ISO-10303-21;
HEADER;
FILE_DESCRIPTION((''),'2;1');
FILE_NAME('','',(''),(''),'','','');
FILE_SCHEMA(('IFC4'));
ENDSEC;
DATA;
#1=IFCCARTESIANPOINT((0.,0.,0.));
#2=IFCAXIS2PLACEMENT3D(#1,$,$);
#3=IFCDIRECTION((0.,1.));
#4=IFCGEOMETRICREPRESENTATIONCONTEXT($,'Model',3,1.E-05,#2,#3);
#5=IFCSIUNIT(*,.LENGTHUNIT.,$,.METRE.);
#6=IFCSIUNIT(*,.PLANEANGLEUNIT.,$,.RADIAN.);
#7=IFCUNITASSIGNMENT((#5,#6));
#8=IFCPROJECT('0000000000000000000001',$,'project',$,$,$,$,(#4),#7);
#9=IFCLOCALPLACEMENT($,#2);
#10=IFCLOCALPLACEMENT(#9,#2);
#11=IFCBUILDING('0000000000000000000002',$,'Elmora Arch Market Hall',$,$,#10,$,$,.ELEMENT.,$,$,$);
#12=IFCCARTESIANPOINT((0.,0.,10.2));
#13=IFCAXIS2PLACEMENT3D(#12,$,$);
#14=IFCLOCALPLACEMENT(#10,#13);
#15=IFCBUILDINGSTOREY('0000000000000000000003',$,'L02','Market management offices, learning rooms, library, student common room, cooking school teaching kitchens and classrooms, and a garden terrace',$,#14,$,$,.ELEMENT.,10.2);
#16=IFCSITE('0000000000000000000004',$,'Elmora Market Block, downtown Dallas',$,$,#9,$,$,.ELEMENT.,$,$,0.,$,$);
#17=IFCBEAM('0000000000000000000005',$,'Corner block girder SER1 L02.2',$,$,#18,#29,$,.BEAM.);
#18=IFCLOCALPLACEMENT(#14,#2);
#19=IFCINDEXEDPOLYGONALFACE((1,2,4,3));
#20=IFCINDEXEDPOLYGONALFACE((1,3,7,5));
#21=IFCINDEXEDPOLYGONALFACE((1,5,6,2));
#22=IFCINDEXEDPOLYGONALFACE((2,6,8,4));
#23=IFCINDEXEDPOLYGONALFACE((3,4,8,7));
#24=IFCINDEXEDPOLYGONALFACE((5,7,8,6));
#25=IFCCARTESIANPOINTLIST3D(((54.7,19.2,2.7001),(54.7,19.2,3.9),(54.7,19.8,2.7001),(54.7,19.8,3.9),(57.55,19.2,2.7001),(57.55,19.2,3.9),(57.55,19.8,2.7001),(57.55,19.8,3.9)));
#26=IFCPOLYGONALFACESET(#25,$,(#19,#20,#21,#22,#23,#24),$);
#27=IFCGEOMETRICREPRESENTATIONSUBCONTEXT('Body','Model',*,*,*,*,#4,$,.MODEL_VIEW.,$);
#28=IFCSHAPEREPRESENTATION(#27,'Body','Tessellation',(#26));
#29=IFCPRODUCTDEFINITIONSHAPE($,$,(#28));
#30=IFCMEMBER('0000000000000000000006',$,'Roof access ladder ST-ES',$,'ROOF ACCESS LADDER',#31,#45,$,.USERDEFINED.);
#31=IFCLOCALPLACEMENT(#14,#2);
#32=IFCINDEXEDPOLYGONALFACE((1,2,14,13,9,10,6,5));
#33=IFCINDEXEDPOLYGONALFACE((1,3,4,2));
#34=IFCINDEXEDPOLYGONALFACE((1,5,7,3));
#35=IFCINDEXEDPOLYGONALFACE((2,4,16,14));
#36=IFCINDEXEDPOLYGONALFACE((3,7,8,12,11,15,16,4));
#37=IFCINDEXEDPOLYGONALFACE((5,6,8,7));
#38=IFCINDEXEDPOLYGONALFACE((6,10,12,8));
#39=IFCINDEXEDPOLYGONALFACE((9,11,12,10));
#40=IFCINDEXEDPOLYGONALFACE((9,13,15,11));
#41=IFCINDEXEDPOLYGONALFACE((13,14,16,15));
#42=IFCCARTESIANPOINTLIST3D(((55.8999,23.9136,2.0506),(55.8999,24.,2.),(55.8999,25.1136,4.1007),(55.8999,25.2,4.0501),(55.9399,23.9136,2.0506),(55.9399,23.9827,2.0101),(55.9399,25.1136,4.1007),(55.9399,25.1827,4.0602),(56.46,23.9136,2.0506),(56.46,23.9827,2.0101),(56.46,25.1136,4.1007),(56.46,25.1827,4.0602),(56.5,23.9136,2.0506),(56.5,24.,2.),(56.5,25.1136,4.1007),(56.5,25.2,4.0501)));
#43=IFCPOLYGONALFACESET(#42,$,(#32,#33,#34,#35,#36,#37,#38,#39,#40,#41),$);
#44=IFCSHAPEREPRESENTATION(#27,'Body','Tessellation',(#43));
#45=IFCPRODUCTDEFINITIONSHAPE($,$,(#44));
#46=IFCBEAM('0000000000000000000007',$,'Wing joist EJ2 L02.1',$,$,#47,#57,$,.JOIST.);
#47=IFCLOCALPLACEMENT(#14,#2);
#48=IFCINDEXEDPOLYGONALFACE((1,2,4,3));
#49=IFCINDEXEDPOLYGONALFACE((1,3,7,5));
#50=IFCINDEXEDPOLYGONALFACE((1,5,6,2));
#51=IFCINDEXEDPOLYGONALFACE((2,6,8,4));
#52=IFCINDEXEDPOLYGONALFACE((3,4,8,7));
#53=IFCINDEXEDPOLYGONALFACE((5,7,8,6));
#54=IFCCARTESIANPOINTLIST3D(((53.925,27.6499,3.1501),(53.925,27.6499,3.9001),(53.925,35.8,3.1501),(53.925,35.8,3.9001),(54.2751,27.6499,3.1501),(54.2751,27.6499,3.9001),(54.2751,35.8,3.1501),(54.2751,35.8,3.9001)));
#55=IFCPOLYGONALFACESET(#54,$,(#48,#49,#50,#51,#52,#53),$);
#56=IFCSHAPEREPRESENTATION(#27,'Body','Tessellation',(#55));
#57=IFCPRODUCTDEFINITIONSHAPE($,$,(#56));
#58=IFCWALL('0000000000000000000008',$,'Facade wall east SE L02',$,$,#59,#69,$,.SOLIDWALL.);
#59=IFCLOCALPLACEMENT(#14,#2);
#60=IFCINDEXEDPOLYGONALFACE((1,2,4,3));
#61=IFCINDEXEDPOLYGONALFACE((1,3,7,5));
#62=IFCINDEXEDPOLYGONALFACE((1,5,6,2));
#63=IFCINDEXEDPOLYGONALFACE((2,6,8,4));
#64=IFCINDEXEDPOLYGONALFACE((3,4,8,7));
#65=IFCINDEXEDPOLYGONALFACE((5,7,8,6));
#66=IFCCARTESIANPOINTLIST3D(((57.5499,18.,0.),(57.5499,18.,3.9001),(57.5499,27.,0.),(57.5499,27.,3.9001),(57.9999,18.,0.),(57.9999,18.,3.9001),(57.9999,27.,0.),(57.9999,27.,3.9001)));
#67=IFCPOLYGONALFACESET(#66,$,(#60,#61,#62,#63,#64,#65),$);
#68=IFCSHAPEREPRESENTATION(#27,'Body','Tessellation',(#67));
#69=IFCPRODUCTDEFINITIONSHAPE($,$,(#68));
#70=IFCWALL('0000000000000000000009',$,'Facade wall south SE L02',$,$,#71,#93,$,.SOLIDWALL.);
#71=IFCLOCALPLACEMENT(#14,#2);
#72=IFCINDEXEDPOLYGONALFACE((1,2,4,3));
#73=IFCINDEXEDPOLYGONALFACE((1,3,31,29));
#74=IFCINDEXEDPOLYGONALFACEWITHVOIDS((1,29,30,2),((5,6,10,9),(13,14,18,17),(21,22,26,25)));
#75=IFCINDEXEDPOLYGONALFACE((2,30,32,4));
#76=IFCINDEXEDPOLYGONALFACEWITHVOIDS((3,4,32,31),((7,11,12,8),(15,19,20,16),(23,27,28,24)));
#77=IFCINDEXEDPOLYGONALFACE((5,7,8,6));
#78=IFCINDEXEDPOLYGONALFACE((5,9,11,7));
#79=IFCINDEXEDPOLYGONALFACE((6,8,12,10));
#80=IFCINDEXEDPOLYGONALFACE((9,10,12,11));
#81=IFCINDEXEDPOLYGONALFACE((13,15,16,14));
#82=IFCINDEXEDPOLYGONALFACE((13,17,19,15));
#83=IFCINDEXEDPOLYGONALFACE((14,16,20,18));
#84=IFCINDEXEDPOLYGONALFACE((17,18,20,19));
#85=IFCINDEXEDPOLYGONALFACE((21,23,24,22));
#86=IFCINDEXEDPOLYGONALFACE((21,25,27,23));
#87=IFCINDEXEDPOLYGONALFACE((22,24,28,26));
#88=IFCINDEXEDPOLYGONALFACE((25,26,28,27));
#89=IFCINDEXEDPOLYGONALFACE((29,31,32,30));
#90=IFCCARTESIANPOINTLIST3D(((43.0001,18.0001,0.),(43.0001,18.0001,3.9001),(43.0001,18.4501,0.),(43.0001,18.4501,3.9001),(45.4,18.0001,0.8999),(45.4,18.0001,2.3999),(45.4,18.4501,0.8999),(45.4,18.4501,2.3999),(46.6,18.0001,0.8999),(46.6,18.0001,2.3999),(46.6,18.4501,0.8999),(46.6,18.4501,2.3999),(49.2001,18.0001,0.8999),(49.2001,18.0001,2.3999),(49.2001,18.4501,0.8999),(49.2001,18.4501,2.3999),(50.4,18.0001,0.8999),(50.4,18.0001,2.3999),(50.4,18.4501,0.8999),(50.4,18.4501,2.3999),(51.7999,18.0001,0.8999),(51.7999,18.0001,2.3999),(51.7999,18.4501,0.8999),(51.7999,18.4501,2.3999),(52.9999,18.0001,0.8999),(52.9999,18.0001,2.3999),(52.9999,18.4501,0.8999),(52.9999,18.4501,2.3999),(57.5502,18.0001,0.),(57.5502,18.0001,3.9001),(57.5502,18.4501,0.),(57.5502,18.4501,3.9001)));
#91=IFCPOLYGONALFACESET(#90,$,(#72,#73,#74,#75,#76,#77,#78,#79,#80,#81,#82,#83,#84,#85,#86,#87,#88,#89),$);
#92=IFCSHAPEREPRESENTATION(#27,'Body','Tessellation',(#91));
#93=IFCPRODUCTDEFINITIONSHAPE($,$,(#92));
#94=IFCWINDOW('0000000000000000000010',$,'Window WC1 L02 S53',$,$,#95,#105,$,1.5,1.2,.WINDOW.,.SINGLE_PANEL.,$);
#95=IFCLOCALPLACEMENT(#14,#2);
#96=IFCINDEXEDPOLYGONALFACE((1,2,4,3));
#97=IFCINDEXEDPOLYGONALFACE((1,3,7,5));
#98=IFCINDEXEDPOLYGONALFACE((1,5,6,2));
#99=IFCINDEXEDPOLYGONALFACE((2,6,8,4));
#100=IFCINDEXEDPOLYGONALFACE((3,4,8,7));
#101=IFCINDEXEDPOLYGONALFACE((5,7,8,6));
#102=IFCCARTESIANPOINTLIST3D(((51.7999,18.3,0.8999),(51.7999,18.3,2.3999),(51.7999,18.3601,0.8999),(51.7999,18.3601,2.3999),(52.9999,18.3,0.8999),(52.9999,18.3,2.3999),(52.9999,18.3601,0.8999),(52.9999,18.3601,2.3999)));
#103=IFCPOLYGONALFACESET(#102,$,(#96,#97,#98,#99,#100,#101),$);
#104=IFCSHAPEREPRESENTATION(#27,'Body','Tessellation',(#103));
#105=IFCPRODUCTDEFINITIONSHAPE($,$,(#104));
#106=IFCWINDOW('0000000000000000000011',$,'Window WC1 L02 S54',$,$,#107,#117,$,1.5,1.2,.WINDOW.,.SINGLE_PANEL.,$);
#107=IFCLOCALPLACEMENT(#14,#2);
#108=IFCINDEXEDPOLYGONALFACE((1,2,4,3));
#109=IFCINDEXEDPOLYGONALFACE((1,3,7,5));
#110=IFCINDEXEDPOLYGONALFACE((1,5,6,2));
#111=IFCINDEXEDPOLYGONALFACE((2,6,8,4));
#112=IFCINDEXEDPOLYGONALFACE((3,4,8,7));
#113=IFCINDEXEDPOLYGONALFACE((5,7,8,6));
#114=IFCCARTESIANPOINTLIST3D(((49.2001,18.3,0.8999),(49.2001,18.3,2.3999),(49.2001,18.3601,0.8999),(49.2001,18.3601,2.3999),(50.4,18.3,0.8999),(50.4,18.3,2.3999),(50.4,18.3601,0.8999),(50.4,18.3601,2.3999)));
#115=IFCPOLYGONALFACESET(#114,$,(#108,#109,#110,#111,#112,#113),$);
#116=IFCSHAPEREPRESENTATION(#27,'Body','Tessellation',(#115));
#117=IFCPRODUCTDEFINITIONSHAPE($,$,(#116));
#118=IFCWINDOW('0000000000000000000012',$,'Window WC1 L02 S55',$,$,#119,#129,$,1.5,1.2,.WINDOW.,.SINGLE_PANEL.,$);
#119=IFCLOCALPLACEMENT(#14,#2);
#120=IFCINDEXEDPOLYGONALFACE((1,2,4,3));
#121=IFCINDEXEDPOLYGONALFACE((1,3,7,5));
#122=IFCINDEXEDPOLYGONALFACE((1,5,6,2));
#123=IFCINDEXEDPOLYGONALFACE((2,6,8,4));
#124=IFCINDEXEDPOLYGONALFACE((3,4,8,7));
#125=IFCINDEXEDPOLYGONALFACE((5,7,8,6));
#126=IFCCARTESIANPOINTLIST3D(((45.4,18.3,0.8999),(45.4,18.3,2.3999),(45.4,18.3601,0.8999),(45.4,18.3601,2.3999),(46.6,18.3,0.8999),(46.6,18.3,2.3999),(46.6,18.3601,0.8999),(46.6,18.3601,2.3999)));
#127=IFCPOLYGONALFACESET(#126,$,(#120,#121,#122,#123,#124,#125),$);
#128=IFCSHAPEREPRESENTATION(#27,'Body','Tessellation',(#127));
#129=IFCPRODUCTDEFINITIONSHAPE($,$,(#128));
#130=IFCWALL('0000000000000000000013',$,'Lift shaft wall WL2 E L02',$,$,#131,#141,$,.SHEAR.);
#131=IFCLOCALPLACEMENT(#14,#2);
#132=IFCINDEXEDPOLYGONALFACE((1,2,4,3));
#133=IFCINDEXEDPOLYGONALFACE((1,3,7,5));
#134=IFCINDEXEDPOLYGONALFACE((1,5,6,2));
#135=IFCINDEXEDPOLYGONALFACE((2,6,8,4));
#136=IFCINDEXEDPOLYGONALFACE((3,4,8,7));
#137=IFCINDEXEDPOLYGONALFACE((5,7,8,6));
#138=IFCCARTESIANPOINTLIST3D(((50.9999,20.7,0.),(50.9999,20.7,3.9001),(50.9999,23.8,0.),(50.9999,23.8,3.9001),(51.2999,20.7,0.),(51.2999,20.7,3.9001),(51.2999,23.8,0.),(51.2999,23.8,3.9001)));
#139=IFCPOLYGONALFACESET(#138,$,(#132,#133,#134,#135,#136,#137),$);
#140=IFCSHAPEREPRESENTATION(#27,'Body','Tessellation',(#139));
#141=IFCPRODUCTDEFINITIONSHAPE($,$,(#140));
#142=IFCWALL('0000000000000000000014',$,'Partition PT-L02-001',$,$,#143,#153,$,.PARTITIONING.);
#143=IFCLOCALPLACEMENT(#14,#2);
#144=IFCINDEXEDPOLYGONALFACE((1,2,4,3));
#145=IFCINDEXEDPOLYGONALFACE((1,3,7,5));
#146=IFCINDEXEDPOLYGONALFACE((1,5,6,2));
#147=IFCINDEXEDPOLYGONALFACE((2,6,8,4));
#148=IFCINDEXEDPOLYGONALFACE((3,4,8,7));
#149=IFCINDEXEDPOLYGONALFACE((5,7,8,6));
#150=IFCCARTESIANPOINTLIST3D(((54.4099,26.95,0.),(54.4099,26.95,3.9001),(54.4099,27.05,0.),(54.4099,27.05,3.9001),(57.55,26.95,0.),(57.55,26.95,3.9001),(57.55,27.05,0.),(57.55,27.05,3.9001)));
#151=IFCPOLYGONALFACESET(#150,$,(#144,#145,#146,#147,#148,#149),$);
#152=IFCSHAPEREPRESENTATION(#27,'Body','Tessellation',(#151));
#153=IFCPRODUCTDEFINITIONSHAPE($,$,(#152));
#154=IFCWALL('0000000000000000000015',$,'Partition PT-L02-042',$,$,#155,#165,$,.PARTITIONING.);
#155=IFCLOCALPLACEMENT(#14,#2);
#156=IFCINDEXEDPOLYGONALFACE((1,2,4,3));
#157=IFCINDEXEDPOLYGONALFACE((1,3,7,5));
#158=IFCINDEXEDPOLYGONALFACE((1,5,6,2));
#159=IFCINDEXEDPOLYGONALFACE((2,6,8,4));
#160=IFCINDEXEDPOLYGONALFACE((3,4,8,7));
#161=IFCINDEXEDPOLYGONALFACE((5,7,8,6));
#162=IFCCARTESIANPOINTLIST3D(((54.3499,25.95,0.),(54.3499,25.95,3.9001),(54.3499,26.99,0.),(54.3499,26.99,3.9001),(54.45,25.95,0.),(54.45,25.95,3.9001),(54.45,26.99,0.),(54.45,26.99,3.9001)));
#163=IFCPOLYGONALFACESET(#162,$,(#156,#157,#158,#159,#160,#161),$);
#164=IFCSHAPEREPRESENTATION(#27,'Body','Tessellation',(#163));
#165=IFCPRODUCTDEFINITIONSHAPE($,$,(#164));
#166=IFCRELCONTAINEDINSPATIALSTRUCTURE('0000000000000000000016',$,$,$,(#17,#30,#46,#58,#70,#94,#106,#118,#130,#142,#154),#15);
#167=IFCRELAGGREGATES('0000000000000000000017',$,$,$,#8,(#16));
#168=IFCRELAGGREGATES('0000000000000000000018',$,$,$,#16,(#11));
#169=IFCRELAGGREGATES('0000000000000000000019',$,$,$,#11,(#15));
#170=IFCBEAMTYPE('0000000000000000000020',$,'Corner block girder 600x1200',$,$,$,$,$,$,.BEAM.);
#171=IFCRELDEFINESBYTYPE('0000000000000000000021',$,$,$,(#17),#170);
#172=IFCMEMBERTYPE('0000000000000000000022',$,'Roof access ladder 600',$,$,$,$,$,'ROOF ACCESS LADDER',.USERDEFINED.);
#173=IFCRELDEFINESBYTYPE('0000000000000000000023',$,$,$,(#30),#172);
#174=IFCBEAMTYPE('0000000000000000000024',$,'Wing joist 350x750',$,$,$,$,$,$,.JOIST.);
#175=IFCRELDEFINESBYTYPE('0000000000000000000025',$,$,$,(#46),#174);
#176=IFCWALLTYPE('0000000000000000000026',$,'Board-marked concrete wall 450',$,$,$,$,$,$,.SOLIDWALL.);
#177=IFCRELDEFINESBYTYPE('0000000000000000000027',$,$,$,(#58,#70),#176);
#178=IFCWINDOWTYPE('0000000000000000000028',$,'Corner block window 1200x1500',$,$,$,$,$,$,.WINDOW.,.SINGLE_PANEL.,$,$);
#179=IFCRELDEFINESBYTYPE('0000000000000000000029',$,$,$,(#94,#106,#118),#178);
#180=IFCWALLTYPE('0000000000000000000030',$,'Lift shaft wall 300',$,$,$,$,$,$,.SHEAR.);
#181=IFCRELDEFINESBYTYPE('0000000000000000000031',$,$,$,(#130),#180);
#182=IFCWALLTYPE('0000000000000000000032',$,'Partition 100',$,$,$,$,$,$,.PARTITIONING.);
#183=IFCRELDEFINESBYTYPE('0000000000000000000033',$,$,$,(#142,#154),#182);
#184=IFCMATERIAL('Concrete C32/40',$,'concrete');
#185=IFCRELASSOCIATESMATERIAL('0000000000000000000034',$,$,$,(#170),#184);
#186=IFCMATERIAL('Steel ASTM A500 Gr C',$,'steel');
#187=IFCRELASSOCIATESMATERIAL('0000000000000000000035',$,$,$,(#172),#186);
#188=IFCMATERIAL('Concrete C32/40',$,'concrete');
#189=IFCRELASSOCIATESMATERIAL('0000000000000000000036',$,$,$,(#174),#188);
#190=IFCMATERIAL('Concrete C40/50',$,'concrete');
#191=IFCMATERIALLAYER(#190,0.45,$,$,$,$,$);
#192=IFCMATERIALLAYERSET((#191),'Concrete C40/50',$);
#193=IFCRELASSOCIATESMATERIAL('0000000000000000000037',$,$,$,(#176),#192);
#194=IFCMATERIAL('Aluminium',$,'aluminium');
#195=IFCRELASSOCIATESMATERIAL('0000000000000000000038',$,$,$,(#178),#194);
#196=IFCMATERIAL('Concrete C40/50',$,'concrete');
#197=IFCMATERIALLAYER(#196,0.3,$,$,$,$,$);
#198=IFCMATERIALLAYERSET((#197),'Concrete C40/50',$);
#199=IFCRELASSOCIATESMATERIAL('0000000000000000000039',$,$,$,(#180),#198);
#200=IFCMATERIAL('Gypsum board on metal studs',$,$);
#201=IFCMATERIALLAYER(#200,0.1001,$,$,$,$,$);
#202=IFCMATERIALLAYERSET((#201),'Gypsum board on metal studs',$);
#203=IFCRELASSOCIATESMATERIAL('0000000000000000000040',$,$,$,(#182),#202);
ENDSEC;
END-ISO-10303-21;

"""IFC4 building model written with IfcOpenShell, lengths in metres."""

from ifc_helpers import new_model, si_unit, direction, frame, frame_2d, origin, origin_2d, place, context, subcontext, project, spatial, polyline, rectangle, outline, extrude, material, layer, layer_set, material_profile, profile_set, type_object, element, fill, save


model = new_model("IFC4")

# Units and contexts
model_context = context("Model", 3, precision=1e-05, world=origin(), true_north=direction((0.0, 1.0)))
body_context = subcontext(model_context, "Body", "Model", "MODEL_VIEW")
ifc_project = project(units=[si_unit("LENGTHUNIT", "METRE"), si_unit("PLANEANGLEUNIT", "RADIAN")], contexts=[model_context])

# Site, building, storey
site_placement = place(None, origin())
site = spatial("IfcSite", under=ifc_project, at=site_placement, Name="Elmora Market Block, downtown Dallas", CompositionType="ELEMENT", RefElevation=0.0)
building_placement = place(site_placement, origin())
building = spatial("IfcBuilding", under=site, at=building_placement, Name="Elmora Arch Market Hall", CompositionType="ELEMENT")
storey_placement = place(building_placement, frame((0.0, 0.0, 10.2)))
storey = spatial("IfcBuildingStorey", under=building, at=storey_placement, Name="L02", Description="Market management offices, learning rooms, library, student common room, cooking school teaching kitchens and classrooms, and a garden terrace", CompositionType="ELEMENT", Elevation=10.2)

# Beam
ifc_material_1 = material(Name="Concrete C32/40", Category="concrete")
ifc_material_profile_1 = material_profile(ifc_material_1, rectangle(XDim=0.6001, YDim=1.2, at=origin_2d()), Name="Corner block girder 600x1200")
ifc_profile_set_1 = profile_set([ifc_material_profile_1], Name="Concrete C32/40")
beam_type_1 = type_object("IfcBeamType", Name="Corner block girder 600x1200", PredefinedType="BEAM", material=ifc_profile_set_1)
beam_1_placement = place(storey_placement, frame((54.7, 19.5, 3.3), z_axis=(1.0, 0.0, 0.0), x_axis=(0.0, 1.0, 0.0)))
element("IfcBeam", 1, at=beam_1_placement, inside=storey, type_object=beam_type_1, Name="Corner block girder SER1 L02.2", PredefinedType="BEAM", context=body_context, shape_type="SweptSolid", body=[
    extrude(rectangle(XDim=0.6001, YDim=1.2, at=origin_2d()), origin(), (0.0, 0.0, 1.0), 2.8501),
])

# Member
ifc_material_2 = material(Name="Steel ASTM A500 Gr C", Category="steel")
ifc_material_profile_2 = material_profile(ifc_material_2, outline(polyline([(-0.3, 0.0), (0.3, 0.0), (0.3, 0.1001), (0.26, 0.1001), (0.26, 0.02), (-0.26, 0.02), (-0.26, 0.1001), (-0.3, 0.1001), (-0.3, 0.0)])), Name="Ladder channel 600 x 100")
ifc_profile_set_2 = profile_set([ifc_material_profile_2], Name="Steel ASTM A500 Gr C")
member_type = type_object("IfcMemberType", Name="Roof access ladder 600", ElementType="ROOF ACCESS LADDER", PredefinedType="USERDEFINED", material=ifc_profile_set_2)
member_placement = place(storey_placement, frame((56.2, 24.0, 2.0), z_axis=(0.0, 0.505155, 0.863029), x_axis=(-1.0, 0.0, 0.0)))
element("IfcMember", 2, at=member_placement, inside=storey, type_object=member_type, Name="Roof access ladder ST-ES", ObjectType="ROOF ACCESS LADDER", PredefinedType="USERDEFINED", context=body_context, shape_type="SweptSolid", body=[
    extrude(outline(polyline([(-0.3, 0.0), (0.3, 0.0), (0.3, 0.1001), (0.26, 0.1001), (0.26, 0.02), (-0.26, 0.02), (-0.26, 0.1001), (-0.3, 0.1001), (-0.3, 0.0)])), origin(), (0.0, 0.0, 1.0), 2.3755),
])

# Beam
ifc_material_3 = material(Name="Concrete C32/40", Category="concrete")
ifc_material_profile_3 = material_profile(ifc_material_3, rectangle(XDim=0.3501, YDim=0.75, at=origin_2d()), Name="Wing joist 350x750")
ifc_profile_set_3 = profile_set([ifc_material_profile_3], Name="Concrete C32/40")
beam_type_2 = type_object("IfcBeamType", Name="Wing joist 350x750", PredefinedType="JOIST", material=ifc_profile_set_3)
beam_2_placement = place(storey_placement, frame((54.1001, 27.6499, 3.5251), z_axis=(0.0, 1.0, 0.0), x_axis=(-1.0, 0.0, 0.0)))
element("IfcBeam", 3, at=beam_2_placement, inside=storey, type_object=beam_type_2, Name="Wing joist EJ2 L02.1", PredefinedType="JOIST", context=body_context, shape_type="SweptSolid", body=[
    extrude(rectangle(XDim=0.3501, YDim=0.75, at=origin_2d()), origin(), (0.0, 0.0, 1.0), 8.1501),
])

# Wall
ifc_material_4 = material(Name="Concrete C40/50", Category="concrete")
ifc_layer_1 = layer(ifc_material_4, 0.45)
ifc_layer_set_1 = layer_set([ifc_layer_1], Name="Concrete C40/50")
wall_type_1 = type_object("IfcWallType", Name="Board-marked concrete wall 450", PredefinedType="SOLIDWALL", material=ifc_layer_set_1)
wall_1_placement = place(storey_placement, frame((57.7749, 27.0, 0.0), z_axis=(0.0, 0.0, 1.0), x_axis=(0.0, -1.0, 0.0)))
element("IfcWall", 4, at=wall_1_placement, inside=storey, type_object=wall_type_1, Name="Facade wall east SE L02", PredefinedType="SOLIDWALL", context=body_context, shape_type="SweptSolid", body=[
    extrude(rectangle(XDim=9.0, YDim=0.45, at=frame_2d((4.5, 0.0))), origin(), (0.0, 0.0, 1.0), 3.9001),
])

# Wall, openings, windows
wall_2_placement = place(storey_placement, frame((57.55, 18.2251, 0.0), z_axis=(0.0, 0.0, 1.0), x_axis=(-1.0, 0.0, 0.0)))
wall_2 = element("IfcWall", 5, at=wall_2_placement, inside=storey, type_object=wall_type_1, Name="Facade wall south SE L02", PredefinedType="SOLIDWALL", context=body_context, shape_type="SweptSolid", body=[
    extrude(rectangle(XDim=14.55, YDim=0.45, at=frame_2d((7.2749, 0.0))), origin(), (0.0, 0.0, 1.0), 3.9001),
])
opening_1_placement = place(wall_2_placement, frame((4.55, 0.0, 0.8999)))
opening_1 = element("IfcOpeningElement", 6, at=opening_1_placement, cuts=wall_2, PredefinedType="OPENING", context=body_context, shape_type="SweptSolid", body=[
    extrude(rectangle(XDim=1.2, YDim=1.5, at=frame_2d((0.6001, 0.75))), frame((0.0, 0.2349, 0.0), z_axis=(0.0, -1.0, 0.0), x_axis=(1.0, 0.0, 0.0)), (0.0, 0.0, 1.0), 0.47),
])
opening_2_placement = place(wall_2_placement, frame((7.1499, 0.0, 0.8999)))
opening_2 = element("IfcOpeningElement", 7, at=opening_2_placement, cuts=wall_2, PredefinedType="OPENING", context=body_context, shape_type="SweptSolid", body=[
    extrude(rectangle(XDim=1.2, YDim=1.5, at=frame_2d((0.6001, 0.75))), frame((0.0, 0.2349, 0.0), z_axis=(0.0, -1.0, 0.0), x_axis=(1.0, 0.0, 0.0)), (0.0, 0.0, 1.0), 0.47),
])
opening_3_placement = place(wall_2_placement, frame((10.95, 0.0, 0.8999)))
opening_3 = element("IfcOpeningElement", 8, at=opening_3_placement, cuts=wall_2, PredefinedType="OPENING", context=body_context, shape_type="SweptSolid", body=[
    extrude(rectangle(XDim=1.2, YDim=1.5, at=frame_2d((0.6001, 0.75))), frame((0.0, 0.2349, 0.0), z_axis=(0.0, -1.0, 0.0), x_axis=(1.0, 0.0, 0.0)), (0.0, 0.0, 1.0), 0.47),
])
ifc_material_5 = material(Name="Aluminium", Category="aluminium")
window_type = type_object("IfcWindowType", Name="Corner block window 1200x1500", PartitioningType="SINGLE_PANEL", PredefinedType="WINDOW", material=ifc_material_5)
window_1_placement = place(opening_1_placement, origin())
window_1 = element("IfcWindow", 9, at=window_1_placement, inside=storey, type_object=window_type, Name="Window WC1 L02 S53", OverallHeight=1.5, OverallWidth=1.2, PartitioningType="SINGLE_PANEL", PredefinedType="WINDOW", context=body_context, shape_type="SweptSolid", body=[
    extrude(rectangle(XDim=1.2, YDim=1.5, at=frame_2d((0.6001, 0.75))), frame((0.0, -0.075, 0.0), z_axis=(0.0, -1.0, 0.0), x_axis=(1.0, 0.0, 0.0)), (0.0, 0.0, 1.0), 0.0601),
])
fill(opening_1, window_1)
window_2_placement = place(opening_2_placement, origin())
window_2 = element("IfcWindow", 10, at=window_2_placement, inside=storey, type_object=window_type, Name="Window WC1 L02 S54", OverallHeight=1.5, OverallWidth=1.2, PartitioningType="SINGLE_PANEL", PredefinedType="WINDOW", context=body_context, shape_type="SweptSolid", body=[
    extrude(rectangle(XDim=1.2, YDim=1.5, at=frame_2d((0.6001, 0.75))), frame((0.0, -0.075, 0.0), z_axis=(0.0, -1.0, 0.0), x_axis=(1.0, 0.0, 0.0)), (0.0, 0.0, 1.0), 0.0601),
])
fill(opening_2, window_2)
window_3_placement = place(opening_3_placement, origin())
window_3 = element("IfcWindow", 11, at=window_3_placement, inside=storey, type_object=window_type, Name="Window WC1 L02 S55", OverallHeight=1.5, OverallWidth=1.2, PartitioningType="SINGLE_PANEL", PredefinedType="WINDOW", context=body_context, shape_type="SweptSolid", body=[
    extrude(rectangle(XDim=1.2, YDim=1.5, at=frame_2d((0.6001, 0.75))), frame((0.0, -0.075, 0.0), z_axis=(0.0, -1.0, 0.0), x_axis=(1.0, 0.0, 0.0)), (0.0, 0.0, 1.0), 0.0601),
])
fill(opening_3, window_3)

# Walls
ifc_material_6 = material(Name="Concrete C40/50", Category="concrete")
ifc_layer_2 = layer(ifc_material_6, 0.3)
ifc_layer_set_2 = layer_set([ifc_layer_2], Name="Concrete C40/50")
wall_type_2 = type_object("IfcWallType", Name="Lift shaft wall 300", PredefinedType="SHEAR", material=ifc_layer_set_2)
wall_3_placement = place(storey_placement, frame((51.1499, 20.7, 0.0), z_axis=(0.0, 0.0, 1.0), x_axis=(0.0, 1.0, 0.0)))
element("IfcWall", 12, at=wall_3_placement, inside=storey, type_object=wall_type_2, Name="Lift shaft wall WL2 E L02", PredefinedType="SHEAR", context=body_context, shape_type="SweptSolid", body=[
    extrude(rectangle(XDim=3.1001, YDim=0.3, at=frame_2d((1.55, 0.0))), origin(), (0.0, 0.0, 1.0), 3.9001),
])
ifc_material_7 = material(Name="Gypsum board on metal studs")
ifc_layer_3 = layer(ifc_material_7, 0.1001)
ifc_layer_set_3 = layer_set([ifc_layer_3], Name="Gypsum board on metal studs")
wall_type_3 = type_object("IfcWallType", Name="Partition 100", PredefinedType="PARTITIONING", material=ifc_layer_set_3)
wall_4_placement = place(storey_placement, frame((54.4099, 27.0, 0.0), z_axis=(0.0, 0.0, 1.0), x_axis=(1.0, 0.0, 0.0)))
element("IfcWall", 13, at=wall_4_placement, inside=storey, type_object=wall_type_3, Name="Partition PT-L02-001", PredefinedType="PARTITIONING", context=body_context, shape_type="SweptSolid", body=[
    extrude(rectangle(XDim=3.1401, YDim=0.1001, at=frame_2d((1.5701, 0.0))), origin(), (0.0, 0.0, 1.0), 3.9001),
])
wall_5_placement = place(storey_placement, frame((54.3999, 25.95, 0.0), z_axis=(0.0, 0.0, 1.0), x_axis=(0.0, 1.0, 0.0)))
element("IfcWall", 14, at=wall_5_placement, inside=storey, type_object=wall_type_3, Name="Partition PT-L02-042", PredefinedType="PARTITIONING", context=body_context, shape_type="SweptSolid", body=[
    extrude(rectangle(XDim=1.04, YDim=0.1001, at=frame_2d((0.52, 0.0))), origin(), (0.0, 0.0, 1.0), 3.9001),
])

save(model, "model.ifc")
